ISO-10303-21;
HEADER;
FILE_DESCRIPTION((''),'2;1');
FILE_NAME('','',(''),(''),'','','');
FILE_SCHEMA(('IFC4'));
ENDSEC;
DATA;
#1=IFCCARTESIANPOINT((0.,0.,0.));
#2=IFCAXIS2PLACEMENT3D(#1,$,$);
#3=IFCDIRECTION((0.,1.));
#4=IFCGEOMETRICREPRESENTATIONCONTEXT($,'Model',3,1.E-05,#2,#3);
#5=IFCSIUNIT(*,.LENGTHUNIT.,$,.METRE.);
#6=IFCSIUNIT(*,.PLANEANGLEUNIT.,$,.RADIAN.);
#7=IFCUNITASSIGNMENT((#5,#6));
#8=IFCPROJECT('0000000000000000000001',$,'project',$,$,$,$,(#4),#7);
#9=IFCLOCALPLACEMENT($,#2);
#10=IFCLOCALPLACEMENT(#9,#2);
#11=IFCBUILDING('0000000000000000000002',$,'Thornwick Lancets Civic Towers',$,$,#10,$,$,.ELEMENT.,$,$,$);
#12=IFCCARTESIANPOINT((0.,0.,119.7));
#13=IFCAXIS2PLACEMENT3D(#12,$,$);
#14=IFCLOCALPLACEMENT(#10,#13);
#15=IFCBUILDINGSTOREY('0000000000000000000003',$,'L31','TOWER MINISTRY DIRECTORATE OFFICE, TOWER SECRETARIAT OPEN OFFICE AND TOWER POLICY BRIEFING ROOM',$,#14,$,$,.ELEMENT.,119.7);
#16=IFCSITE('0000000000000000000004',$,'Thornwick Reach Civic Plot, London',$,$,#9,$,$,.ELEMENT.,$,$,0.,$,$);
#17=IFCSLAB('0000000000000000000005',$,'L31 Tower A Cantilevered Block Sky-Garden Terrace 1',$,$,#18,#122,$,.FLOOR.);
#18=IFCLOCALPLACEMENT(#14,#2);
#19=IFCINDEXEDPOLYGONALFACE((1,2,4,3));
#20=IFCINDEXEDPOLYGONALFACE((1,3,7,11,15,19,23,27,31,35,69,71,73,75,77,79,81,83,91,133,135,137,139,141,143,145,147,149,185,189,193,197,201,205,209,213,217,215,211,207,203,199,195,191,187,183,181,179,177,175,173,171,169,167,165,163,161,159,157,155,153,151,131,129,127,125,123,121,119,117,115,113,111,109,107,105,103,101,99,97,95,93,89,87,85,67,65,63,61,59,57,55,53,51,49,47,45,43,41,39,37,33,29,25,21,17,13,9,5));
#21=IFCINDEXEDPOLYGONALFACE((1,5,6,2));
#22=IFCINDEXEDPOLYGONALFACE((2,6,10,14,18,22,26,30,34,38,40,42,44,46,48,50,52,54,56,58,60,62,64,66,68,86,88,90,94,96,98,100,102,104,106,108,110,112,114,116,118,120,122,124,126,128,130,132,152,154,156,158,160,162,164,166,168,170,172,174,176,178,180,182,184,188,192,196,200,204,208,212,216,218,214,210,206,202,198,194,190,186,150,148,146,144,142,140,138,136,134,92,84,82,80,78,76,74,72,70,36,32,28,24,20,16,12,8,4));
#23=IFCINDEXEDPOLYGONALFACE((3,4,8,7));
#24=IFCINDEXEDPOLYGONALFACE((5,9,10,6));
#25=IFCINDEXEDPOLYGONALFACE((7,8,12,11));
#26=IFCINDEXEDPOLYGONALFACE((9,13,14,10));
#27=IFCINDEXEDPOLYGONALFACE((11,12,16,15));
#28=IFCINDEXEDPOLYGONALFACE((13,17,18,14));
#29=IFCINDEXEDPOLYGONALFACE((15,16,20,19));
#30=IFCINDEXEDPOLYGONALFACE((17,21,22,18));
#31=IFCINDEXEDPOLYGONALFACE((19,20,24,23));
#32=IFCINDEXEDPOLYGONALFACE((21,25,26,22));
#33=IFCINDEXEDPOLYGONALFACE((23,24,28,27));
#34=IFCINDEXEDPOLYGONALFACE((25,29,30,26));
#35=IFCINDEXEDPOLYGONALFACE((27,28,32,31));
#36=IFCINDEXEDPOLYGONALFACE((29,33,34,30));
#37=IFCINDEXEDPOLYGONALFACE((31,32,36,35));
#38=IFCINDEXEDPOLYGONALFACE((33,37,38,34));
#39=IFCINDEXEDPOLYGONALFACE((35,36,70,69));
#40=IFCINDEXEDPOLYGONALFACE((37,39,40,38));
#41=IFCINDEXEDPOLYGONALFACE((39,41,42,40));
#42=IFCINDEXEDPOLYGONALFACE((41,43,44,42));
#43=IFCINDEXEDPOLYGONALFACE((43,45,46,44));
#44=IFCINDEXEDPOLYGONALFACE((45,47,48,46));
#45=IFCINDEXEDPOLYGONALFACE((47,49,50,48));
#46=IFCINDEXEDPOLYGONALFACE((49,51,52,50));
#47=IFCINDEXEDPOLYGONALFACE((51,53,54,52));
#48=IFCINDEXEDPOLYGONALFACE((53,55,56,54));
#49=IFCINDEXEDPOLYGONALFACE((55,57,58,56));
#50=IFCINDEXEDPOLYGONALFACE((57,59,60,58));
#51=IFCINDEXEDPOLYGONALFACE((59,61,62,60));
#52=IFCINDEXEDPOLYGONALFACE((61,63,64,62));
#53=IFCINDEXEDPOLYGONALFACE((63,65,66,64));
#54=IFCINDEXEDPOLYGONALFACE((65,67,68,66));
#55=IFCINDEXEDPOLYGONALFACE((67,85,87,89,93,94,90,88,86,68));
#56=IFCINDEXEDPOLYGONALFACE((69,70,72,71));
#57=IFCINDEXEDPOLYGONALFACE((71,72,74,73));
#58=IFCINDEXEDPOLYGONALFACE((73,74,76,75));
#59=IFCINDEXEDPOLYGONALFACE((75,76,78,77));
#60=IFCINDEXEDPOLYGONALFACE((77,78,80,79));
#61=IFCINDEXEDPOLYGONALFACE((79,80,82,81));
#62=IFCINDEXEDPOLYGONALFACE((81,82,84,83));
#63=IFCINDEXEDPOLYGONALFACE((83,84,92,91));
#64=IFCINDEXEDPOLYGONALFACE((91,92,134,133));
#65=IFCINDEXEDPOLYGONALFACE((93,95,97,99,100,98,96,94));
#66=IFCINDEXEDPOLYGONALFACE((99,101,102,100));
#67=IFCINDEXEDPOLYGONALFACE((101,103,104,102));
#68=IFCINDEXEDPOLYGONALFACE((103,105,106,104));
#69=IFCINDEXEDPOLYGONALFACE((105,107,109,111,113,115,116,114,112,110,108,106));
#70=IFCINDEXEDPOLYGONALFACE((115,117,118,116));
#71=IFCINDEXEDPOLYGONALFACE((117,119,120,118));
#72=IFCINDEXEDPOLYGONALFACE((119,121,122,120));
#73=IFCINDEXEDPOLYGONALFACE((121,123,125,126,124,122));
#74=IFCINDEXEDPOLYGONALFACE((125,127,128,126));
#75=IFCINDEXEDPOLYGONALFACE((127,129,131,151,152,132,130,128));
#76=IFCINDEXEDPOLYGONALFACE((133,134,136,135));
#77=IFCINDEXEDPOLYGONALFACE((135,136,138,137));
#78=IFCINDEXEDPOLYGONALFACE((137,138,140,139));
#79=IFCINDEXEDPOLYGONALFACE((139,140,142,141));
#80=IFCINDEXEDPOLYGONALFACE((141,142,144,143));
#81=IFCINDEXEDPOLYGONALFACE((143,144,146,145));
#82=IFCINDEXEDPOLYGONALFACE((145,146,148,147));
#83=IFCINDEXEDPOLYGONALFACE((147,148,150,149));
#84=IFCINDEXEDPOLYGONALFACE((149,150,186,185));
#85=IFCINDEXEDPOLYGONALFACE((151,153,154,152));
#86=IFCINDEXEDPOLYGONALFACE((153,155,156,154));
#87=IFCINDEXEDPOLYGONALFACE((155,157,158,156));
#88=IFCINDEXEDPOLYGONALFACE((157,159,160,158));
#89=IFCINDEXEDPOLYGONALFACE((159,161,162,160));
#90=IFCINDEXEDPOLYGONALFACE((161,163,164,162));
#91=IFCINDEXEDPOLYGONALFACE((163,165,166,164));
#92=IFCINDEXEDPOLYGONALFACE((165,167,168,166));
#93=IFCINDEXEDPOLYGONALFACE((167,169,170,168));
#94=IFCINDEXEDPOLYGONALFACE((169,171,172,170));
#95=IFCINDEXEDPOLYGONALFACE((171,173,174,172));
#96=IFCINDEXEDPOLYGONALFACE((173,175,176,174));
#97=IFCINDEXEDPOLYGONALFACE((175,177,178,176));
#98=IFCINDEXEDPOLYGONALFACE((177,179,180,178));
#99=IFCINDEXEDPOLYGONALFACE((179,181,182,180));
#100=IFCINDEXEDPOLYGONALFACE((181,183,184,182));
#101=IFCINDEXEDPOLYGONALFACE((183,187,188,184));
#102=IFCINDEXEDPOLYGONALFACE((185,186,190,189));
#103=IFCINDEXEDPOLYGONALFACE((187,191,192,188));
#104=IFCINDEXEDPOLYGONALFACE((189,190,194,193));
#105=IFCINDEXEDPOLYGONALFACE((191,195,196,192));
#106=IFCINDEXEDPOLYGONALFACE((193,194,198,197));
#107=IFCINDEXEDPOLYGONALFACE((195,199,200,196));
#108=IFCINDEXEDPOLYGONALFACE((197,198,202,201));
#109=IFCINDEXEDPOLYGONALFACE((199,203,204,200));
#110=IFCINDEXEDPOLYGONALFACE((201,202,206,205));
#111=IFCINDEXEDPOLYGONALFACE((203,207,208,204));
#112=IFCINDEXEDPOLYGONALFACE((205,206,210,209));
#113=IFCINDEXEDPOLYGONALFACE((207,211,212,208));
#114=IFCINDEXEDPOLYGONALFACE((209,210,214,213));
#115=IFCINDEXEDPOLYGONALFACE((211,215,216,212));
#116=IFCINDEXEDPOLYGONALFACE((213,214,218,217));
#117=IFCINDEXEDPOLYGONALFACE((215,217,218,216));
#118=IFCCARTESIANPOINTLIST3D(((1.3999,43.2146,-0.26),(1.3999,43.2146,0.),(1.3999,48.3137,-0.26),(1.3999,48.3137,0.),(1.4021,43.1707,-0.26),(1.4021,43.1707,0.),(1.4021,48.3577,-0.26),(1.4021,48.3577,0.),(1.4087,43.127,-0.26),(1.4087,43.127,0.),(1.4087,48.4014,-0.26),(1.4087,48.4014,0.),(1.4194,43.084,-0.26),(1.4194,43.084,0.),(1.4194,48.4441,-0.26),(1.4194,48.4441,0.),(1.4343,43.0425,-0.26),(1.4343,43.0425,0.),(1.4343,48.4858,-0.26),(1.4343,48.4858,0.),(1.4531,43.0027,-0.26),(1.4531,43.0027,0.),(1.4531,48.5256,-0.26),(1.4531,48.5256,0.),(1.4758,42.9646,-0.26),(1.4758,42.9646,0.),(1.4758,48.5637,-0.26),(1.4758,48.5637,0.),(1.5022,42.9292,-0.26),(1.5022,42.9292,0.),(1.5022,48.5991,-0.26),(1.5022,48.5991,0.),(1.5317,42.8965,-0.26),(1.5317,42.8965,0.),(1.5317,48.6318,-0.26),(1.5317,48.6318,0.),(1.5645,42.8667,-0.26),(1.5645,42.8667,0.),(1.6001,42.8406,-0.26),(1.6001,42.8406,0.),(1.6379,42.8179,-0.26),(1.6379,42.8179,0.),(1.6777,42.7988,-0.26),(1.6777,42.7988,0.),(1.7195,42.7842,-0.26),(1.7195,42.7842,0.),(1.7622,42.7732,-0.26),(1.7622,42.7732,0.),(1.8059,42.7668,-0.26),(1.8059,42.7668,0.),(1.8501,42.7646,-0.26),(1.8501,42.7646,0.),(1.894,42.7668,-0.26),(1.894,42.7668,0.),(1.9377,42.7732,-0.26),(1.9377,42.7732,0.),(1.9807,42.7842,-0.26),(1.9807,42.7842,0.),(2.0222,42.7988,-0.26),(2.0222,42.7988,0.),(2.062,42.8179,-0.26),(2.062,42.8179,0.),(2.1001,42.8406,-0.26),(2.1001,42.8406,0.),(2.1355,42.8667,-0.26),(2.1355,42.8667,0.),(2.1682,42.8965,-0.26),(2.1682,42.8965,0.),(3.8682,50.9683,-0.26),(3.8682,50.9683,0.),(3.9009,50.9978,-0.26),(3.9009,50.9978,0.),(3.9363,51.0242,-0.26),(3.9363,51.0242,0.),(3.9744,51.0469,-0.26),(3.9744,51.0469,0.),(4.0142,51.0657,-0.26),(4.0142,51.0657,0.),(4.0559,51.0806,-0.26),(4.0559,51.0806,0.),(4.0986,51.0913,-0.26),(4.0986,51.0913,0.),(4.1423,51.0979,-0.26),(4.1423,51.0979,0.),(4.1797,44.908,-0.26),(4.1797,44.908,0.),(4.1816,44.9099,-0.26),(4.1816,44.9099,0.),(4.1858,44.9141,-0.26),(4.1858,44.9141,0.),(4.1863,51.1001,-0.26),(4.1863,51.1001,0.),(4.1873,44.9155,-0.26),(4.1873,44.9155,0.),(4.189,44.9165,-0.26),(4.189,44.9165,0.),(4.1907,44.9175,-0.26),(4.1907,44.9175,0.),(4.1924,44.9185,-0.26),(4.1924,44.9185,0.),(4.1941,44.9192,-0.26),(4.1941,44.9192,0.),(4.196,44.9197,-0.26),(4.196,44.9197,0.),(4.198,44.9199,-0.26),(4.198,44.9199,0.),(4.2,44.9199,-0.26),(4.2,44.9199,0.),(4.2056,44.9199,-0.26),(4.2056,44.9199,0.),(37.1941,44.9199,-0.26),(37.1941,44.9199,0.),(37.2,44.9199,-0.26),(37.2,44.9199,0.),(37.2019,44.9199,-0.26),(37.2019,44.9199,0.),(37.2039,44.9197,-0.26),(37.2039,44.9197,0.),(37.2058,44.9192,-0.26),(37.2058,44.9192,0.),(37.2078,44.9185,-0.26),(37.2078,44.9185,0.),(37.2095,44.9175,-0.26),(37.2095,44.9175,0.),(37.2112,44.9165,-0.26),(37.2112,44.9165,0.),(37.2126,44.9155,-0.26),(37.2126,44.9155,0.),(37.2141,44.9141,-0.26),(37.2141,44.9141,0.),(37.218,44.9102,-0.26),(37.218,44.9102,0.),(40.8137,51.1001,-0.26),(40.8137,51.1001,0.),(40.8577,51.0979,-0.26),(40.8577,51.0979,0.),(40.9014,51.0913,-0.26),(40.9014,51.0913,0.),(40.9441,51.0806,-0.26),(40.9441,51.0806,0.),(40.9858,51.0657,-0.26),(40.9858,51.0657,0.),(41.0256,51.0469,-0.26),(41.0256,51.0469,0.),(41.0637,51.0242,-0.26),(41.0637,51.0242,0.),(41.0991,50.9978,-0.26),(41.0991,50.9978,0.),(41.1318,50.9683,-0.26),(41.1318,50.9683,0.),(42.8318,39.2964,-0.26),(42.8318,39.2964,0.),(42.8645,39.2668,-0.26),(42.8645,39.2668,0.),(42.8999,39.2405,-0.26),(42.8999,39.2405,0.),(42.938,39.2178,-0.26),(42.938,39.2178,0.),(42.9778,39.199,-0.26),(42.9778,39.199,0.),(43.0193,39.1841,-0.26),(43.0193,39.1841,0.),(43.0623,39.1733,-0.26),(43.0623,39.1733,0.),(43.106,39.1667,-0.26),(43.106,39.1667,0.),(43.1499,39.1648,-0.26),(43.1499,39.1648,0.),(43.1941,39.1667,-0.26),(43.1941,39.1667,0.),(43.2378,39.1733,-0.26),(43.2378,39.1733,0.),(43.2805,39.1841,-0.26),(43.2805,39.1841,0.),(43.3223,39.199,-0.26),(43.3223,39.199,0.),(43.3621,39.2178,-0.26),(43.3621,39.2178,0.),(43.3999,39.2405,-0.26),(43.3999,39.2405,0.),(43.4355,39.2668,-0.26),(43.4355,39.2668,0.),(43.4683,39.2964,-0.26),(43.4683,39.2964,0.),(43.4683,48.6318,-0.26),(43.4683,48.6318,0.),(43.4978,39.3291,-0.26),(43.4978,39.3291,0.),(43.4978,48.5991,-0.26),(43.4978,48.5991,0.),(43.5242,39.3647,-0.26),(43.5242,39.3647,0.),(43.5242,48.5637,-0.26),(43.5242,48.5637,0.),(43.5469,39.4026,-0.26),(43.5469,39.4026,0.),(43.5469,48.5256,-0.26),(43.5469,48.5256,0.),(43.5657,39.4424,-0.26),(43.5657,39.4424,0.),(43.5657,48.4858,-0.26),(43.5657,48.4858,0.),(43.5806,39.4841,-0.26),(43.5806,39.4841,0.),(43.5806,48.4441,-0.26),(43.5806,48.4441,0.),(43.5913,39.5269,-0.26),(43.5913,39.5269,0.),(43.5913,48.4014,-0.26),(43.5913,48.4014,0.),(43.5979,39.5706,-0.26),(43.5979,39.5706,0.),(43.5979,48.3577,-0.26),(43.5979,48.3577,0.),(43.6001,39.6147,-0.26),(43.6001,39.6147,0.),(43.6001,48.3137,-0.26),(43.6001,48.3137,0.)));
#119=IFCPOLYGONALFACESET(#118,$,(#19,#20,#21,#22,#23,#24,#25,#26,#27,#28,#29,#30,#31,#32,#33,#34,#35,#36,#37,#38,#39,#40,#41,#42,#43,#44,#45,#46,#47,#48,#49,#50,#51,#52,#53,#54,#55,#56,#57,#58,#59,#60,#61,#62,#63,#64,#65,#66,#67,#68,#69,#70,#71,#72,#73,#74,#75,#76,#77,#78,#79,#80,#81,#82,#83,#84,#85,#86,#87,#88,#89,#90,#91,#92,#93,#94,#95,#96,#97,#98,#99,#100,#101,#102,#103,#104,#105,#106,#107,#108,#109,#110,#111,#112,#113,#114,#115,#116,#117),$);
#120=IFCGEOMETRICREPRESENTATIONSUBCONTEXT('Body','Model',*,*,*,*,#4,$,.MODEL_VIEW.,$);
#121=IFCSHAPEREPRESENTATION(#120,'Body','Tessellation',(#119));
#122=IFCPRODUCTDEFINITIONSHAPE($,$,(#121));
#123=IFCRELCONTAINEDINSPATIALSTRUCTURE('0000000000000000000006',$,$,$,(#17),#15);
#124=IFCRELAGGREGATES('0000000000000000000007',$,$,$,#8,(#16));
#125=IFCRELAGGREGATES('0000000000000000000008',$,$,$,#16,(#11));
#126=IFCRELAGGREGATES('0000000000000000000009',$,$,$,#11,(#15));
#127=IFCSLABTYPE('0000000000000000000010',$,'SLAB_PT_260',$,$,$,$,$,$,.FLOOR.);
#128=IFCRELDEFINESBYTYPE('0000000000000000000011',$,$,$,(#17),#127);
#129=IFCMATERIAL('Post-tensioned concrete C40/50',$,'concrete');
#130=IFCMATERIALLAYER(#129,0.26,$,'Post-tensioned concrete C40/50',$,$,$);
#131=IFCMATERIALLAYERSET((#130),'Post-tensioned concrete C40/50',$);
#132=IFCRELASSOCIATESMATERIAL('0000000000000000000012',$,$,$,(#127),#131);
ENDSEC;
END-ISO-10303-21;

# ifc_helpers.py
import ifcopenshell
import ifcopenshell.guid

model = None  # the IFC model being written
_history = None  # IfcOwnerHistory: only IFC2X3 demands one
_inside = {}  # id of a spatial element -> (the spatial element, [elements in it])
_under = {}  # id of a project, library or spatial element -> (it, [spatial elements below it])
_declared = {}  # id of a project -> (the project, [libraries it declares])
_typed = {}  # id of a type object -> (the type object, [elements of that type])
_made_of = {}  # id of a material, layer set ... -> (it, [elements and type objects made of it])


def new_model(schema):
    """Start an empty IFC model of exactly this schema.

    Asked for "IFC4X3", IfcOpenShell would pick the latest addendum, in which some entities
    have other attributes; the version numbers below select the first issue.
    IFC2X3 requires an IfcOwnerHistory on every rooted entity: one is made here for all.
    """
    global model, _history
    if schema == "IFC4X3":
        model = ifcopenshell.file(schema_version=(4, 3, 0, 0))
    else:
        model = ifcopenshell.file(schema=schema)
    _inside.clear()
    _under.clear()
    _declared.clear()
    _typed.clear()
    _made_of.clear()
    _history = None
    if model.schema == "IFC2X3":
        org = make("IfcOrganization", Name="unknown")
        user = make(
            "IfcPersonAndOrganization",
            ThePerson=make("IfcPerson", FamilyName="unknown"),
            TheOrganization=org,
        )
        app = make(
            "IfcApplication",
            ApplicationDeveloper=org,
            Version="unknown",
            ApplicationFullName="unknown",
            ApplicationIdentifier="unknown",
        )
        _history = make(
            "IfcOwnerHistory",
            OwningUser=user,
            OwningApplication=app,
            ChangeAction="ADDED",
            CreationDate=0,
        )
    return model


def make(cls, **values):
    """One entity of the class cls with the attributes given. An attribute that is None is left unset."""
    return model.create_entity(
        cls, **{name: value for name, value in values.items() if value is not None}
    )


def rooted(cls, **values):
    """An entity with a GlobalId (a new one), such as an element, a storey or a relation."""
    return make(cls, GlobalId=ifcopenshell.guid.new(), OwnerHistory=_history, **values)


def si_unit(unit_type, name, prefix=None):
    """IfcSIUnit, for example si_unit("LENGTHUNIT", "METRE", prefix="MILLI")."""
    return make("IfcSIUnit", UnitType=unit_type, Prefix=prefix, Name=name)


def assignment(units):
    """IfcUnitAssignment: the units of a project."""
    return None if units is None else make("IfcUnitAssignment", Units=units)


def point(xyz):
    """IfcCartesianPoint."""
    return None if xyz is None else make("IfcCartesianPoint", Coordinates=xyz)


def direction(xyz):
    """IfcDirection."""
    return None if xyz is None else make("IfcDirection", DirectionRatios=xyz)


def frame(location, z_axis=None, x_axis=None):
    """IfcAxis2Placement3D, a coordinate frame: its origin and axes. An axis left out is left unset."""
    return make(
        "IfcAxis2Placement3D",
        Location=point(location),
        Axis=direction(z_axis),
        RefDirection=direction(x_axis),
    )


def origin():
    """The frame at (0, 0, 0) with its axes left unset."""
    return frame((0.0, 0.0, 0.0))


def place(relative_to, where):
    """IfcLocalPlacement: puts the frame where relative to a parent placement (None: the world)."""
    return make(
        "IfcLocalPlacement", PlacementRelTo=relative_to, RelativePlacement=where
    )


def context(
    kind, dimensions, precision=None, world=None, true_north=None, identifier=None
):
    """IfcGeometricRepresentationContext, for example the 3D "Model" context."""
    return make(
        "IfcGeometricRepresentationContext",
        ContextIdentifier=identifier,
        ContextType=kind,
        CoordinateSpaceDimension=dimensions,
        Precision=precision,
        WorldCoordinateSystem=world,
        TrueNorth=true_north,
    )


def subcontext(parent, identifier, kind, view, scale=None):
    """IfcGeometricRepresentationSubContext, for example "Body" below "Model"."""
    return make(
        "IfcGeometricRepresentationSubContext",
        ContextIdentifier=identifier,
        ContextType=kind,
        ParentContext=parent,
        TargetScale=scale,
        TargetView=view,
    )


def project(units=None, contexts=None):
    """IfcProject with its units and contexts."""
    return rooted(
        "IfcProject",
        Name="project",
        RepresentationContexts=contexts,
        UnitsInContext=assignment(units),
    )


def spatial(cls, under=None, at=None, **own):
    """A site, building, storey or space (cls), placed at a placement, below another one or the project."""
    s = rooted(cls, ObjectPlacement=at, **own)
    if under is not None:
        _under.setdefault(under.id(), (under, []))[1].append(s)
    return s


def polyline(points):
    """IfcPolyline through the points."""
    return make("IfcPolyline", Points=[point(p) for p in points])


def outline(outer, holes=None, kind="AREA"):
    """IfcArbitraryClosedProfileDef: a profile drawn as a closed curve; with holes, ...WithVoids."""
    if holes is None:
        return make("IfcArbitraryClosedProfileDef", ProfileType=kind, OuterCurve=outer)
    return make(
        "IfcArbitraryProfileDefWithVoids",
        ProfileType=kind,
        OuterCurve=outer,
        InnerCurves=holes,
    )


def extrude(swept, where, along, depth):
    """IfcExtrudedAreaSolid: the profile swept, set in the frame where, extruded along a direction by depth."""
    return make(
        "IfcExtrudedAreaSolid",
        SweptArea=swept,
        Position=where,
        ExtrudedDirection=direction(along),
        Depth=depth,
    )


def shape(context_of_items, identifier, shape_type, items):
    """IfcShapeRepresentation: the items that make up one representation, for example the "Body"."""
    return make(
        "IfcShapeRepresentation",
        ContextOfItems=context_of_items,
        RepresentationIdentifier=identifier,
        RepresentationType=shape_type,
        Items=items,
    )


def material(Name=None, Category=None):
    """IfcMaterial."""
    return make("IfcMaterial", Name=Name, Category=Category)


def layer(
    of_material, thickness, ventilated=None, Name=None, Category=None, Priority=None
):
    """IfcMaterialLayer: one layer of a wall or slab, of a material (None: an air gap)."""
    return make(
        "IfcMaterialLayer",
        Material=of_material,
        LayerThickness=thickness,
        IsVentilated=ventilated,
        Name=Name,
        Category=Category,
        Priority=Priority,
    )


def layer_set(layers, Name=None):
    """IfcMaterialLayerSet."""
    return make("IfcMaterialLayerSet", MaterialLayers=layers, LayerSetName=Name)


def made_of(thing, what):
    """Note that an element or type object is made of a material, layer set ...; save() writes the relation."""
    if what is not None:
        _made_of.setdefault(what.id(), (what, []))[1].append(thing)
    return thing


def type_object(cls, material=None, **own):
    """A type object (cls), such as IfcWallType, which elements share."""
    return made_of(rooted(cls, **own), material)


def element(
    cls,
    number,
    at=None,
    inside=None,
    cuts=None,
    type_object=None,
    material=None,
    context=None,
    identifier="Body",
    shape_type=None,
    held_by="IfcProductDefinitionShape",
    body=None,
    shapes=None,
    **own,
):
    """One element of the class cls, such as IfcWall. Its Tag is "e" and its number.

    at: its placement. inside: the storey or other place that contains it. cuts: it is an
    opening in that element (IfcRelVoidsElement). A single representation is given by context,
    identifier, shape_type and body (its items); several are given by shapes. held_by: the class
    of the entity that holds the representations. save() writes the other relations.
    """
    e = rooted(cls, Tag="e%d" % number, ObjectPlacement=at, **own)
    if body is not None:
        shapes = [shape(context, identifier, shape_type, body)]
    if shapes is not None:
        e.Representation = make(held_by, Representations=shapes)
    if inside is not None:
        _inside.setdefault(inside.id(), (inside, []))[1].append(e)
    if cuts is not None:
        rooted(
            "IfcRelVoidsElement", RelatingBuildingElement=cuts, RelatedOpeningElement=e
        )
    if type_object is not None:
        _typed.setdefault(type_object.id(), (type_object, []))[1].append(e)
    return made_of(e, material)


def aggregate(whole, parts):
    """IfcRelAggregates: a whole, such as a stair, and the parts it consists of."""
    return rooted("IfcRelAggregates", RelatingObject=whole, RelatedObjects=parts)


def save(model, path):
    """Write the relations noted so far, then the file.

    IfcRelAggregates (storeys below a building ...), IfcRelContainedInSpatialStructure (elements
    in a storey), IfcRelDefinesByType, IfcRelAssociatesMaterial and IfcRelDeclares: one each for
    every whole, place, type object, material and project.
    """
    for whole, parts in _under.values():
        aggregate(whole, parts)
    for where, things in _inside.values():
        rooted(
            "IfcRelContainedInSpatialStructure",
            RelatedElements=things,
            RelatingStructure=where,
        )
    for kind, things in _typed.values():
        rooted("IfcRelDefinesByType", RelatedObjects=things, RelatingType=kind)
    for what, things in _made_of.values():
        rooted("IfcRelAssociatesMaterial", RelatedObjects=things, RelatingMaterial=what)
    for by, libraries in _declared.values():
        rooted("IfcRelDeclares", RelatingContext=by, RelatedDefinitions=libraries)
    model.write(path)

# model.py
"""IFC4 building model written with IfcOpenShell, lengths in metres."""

from ifc_helpers import new_model, si_unit, direction, frame, origin, place, context, subcontext, project, spatial, polyline, outline, extrude, material, layer, layer_set, type_object, element, save


model = new_model("IFC4")

# Units and contexts
model_context = context("Model", 3, precision=1e-05, world=origin(), true_north=direction((0.0, 1.0)))
body_context = subcontext(model_context, "Body", "Model", "MODEL_VIEW")
ifc_project = project(units=[si_unit("LENGTHUNIT", "METRE"), si_unit("PLANEANGLEUNIT", "RADIAN")], contexts=[model_context])

# Site, building, storey
site_placement = place(None, origin())
site = spatial("IfcSite", under=ifc_project, at=site_placement, Name="Thornwick Reach Civic Plot, London", CompositionType="ELEMENT", RefElevation=0.0)
building_placement = place(site_placement, origin())
building = spatial("IfcBuilding", under=site, at=building_placement, Name="Thornwick Lancets Civic Towers", CompositionType="ELEMENT")
storey_placement = place(building_placement, frame((0.0, 0.0, 119.7)))
storey = spatial("IfcBuildingStorey", under=building, at=storey_placement, Name="L31", Description="TOWER MINISTRY DIRECTORATE OFFICE, TOWER SECRETARIAT OPEN OFFICE AND TOWER POLICY BRIEFING ROOM", CompositionType="ELEMENT", Elevation=119.7)

# Slab
ifc_material_1 = material(Name="Post-tensioned concrete C40/50", Category="concrete")
ifc_layer_1 = layer(ifc_material_1, 0.26, Name="Post-tensioned concrete C40/50")
ifc_layer_set_1 = layer_set([ifc_layer_1], Name="Post-tensioned concrete C40/50")
slab_type_1 = type_object("IfcSlabType", Name="SLAB_PT_260", PredefinedType="FLOOR", material=ifc_layer_set_1)
slab_1_placement = place(storey_placement, frame((0.0, 0.0, -0.26)))
element("IfcSlab", 1, at=slab_1_placement, inside=storey, type_object=slab_type_1, Name="L31 Tower A Cantilevered Block Sky-Garden Terrace 1", PredefinedType="FLOOR", context=body_context, shape_type="SweptSolid", body=[
    extrude(outline(polyline([(2.1355, 42.8667), (2.1001, 42.8406), (2.062, 42.8179), (2.0222, 42.7988), (1.9807, 42.7842), (1.9377, 42.7732), (1.894, 42.7668), (1.8501, 42.7646), (1.8059, 42.7668), (1.7622, 42.7732), (1.7195, 42.7842), (1.6777, 42.7988), (1.6379, 42.8179), (1.6001, 42.8406), (1.5645, 42.8667), (1.5317, 42.8965), (1.5022, 42.9292), (1.4758, 42.9646), (1.4531, 43.0027), (1.4343, 43.0425), (1.4194, 43.084), (1.4087, 43.127), (1.4021, 43.1707), (1.3999, 43.2146), (1.3999, 48.3137), (1.4021, 48.3577), (1.4087, 48.4014), (1.4194, 48.4441), (1.4343, 48.4858), (1.4531, 48.5256), (1.4758, 48.5637), (1.5022, 48.5991), (1.5317, 48.6318), (3.8682, 50.9683), (3.9009, 50.9978), (3.9363, 51.0242), (3.9744, 51.0469), (4.0142, 51.0657), (4.0559, 51.0806), (4.0986, 51.0913), (4.1423, 51.0979), (4.1863, 51.1001), (40.8137, 51.1001), (40.8577, 51.0979), (40.9014, 51.0913), (40.9441, 51.0806), (40.9858, 51.0657), (41.0256, 51.0469), (41.0637, 51.0242), (41.0991, 50.9978), (41.1318, 50.9683), (43.4683, 48.6318), (43.4978, 48.5991), (43.5242, 48.5637), (43.5469, 48.5256), (43.5657, 48.4858), (43.5806, 48.4441), (43.5913, 48.4014), (43.5979, 48.3577), (43.6001, 48.3137), (43.6001, 39.6147), (43.5979, 39.5706), (43.5913, 39.5269), (43.5806, 39.4841), (43.5657, 39.4424), (43.5469, 39.4026), (43.5242, 39.3647), (43.4978, 39.3291), (43.4683, 39.2964), (43.4355, 39.2668), (43.3999, 39.2405), (43.3621, 39.2178), (43.3223, 39.199), (43.2805, 39.1841), (43.2378, 39.1733), (43.1941, 39.1667), (43.1499, 39.1648), (43.106, 39.1667), (43.0623, 39.1733), (43.0193, 39.1841), (42.9778, 39.199), (42.938, 39.2178), (42.8999, 39.2405), (42.8645, 39.2668), (42.8318, 39.2964), (37.218, 44.9102), (37.2141, 44.9141), (37.2126, 44.9155), (37.2112, 44.9165), (37.2095, 44.9175), (37.2078, 44.9185), (37.2058, 44.9192), (37.2039, 44.9197), (37.2019, 44.9199), (37.2, 44.9199), (37.1941, 44.9199), (4.2056, 44.9199), (4.2, 44.9199), (4.198, 44.9199), (4.196, 44.9197), (4.1941, 44.9192), (4.1924, 44.9185), (4.1907, 44.9175), (4.189, 44.9165), (4.1873, 44.9155), (4.1858, 44.9141), (4.1816, 44.9099), (4.1797, 44.908), (2.1682, 42.8965), (2.1355, 42.8667)])), origin(), (0.0, 0.0, 1.0), 0.26),
])

save(model, "model.ifc")
